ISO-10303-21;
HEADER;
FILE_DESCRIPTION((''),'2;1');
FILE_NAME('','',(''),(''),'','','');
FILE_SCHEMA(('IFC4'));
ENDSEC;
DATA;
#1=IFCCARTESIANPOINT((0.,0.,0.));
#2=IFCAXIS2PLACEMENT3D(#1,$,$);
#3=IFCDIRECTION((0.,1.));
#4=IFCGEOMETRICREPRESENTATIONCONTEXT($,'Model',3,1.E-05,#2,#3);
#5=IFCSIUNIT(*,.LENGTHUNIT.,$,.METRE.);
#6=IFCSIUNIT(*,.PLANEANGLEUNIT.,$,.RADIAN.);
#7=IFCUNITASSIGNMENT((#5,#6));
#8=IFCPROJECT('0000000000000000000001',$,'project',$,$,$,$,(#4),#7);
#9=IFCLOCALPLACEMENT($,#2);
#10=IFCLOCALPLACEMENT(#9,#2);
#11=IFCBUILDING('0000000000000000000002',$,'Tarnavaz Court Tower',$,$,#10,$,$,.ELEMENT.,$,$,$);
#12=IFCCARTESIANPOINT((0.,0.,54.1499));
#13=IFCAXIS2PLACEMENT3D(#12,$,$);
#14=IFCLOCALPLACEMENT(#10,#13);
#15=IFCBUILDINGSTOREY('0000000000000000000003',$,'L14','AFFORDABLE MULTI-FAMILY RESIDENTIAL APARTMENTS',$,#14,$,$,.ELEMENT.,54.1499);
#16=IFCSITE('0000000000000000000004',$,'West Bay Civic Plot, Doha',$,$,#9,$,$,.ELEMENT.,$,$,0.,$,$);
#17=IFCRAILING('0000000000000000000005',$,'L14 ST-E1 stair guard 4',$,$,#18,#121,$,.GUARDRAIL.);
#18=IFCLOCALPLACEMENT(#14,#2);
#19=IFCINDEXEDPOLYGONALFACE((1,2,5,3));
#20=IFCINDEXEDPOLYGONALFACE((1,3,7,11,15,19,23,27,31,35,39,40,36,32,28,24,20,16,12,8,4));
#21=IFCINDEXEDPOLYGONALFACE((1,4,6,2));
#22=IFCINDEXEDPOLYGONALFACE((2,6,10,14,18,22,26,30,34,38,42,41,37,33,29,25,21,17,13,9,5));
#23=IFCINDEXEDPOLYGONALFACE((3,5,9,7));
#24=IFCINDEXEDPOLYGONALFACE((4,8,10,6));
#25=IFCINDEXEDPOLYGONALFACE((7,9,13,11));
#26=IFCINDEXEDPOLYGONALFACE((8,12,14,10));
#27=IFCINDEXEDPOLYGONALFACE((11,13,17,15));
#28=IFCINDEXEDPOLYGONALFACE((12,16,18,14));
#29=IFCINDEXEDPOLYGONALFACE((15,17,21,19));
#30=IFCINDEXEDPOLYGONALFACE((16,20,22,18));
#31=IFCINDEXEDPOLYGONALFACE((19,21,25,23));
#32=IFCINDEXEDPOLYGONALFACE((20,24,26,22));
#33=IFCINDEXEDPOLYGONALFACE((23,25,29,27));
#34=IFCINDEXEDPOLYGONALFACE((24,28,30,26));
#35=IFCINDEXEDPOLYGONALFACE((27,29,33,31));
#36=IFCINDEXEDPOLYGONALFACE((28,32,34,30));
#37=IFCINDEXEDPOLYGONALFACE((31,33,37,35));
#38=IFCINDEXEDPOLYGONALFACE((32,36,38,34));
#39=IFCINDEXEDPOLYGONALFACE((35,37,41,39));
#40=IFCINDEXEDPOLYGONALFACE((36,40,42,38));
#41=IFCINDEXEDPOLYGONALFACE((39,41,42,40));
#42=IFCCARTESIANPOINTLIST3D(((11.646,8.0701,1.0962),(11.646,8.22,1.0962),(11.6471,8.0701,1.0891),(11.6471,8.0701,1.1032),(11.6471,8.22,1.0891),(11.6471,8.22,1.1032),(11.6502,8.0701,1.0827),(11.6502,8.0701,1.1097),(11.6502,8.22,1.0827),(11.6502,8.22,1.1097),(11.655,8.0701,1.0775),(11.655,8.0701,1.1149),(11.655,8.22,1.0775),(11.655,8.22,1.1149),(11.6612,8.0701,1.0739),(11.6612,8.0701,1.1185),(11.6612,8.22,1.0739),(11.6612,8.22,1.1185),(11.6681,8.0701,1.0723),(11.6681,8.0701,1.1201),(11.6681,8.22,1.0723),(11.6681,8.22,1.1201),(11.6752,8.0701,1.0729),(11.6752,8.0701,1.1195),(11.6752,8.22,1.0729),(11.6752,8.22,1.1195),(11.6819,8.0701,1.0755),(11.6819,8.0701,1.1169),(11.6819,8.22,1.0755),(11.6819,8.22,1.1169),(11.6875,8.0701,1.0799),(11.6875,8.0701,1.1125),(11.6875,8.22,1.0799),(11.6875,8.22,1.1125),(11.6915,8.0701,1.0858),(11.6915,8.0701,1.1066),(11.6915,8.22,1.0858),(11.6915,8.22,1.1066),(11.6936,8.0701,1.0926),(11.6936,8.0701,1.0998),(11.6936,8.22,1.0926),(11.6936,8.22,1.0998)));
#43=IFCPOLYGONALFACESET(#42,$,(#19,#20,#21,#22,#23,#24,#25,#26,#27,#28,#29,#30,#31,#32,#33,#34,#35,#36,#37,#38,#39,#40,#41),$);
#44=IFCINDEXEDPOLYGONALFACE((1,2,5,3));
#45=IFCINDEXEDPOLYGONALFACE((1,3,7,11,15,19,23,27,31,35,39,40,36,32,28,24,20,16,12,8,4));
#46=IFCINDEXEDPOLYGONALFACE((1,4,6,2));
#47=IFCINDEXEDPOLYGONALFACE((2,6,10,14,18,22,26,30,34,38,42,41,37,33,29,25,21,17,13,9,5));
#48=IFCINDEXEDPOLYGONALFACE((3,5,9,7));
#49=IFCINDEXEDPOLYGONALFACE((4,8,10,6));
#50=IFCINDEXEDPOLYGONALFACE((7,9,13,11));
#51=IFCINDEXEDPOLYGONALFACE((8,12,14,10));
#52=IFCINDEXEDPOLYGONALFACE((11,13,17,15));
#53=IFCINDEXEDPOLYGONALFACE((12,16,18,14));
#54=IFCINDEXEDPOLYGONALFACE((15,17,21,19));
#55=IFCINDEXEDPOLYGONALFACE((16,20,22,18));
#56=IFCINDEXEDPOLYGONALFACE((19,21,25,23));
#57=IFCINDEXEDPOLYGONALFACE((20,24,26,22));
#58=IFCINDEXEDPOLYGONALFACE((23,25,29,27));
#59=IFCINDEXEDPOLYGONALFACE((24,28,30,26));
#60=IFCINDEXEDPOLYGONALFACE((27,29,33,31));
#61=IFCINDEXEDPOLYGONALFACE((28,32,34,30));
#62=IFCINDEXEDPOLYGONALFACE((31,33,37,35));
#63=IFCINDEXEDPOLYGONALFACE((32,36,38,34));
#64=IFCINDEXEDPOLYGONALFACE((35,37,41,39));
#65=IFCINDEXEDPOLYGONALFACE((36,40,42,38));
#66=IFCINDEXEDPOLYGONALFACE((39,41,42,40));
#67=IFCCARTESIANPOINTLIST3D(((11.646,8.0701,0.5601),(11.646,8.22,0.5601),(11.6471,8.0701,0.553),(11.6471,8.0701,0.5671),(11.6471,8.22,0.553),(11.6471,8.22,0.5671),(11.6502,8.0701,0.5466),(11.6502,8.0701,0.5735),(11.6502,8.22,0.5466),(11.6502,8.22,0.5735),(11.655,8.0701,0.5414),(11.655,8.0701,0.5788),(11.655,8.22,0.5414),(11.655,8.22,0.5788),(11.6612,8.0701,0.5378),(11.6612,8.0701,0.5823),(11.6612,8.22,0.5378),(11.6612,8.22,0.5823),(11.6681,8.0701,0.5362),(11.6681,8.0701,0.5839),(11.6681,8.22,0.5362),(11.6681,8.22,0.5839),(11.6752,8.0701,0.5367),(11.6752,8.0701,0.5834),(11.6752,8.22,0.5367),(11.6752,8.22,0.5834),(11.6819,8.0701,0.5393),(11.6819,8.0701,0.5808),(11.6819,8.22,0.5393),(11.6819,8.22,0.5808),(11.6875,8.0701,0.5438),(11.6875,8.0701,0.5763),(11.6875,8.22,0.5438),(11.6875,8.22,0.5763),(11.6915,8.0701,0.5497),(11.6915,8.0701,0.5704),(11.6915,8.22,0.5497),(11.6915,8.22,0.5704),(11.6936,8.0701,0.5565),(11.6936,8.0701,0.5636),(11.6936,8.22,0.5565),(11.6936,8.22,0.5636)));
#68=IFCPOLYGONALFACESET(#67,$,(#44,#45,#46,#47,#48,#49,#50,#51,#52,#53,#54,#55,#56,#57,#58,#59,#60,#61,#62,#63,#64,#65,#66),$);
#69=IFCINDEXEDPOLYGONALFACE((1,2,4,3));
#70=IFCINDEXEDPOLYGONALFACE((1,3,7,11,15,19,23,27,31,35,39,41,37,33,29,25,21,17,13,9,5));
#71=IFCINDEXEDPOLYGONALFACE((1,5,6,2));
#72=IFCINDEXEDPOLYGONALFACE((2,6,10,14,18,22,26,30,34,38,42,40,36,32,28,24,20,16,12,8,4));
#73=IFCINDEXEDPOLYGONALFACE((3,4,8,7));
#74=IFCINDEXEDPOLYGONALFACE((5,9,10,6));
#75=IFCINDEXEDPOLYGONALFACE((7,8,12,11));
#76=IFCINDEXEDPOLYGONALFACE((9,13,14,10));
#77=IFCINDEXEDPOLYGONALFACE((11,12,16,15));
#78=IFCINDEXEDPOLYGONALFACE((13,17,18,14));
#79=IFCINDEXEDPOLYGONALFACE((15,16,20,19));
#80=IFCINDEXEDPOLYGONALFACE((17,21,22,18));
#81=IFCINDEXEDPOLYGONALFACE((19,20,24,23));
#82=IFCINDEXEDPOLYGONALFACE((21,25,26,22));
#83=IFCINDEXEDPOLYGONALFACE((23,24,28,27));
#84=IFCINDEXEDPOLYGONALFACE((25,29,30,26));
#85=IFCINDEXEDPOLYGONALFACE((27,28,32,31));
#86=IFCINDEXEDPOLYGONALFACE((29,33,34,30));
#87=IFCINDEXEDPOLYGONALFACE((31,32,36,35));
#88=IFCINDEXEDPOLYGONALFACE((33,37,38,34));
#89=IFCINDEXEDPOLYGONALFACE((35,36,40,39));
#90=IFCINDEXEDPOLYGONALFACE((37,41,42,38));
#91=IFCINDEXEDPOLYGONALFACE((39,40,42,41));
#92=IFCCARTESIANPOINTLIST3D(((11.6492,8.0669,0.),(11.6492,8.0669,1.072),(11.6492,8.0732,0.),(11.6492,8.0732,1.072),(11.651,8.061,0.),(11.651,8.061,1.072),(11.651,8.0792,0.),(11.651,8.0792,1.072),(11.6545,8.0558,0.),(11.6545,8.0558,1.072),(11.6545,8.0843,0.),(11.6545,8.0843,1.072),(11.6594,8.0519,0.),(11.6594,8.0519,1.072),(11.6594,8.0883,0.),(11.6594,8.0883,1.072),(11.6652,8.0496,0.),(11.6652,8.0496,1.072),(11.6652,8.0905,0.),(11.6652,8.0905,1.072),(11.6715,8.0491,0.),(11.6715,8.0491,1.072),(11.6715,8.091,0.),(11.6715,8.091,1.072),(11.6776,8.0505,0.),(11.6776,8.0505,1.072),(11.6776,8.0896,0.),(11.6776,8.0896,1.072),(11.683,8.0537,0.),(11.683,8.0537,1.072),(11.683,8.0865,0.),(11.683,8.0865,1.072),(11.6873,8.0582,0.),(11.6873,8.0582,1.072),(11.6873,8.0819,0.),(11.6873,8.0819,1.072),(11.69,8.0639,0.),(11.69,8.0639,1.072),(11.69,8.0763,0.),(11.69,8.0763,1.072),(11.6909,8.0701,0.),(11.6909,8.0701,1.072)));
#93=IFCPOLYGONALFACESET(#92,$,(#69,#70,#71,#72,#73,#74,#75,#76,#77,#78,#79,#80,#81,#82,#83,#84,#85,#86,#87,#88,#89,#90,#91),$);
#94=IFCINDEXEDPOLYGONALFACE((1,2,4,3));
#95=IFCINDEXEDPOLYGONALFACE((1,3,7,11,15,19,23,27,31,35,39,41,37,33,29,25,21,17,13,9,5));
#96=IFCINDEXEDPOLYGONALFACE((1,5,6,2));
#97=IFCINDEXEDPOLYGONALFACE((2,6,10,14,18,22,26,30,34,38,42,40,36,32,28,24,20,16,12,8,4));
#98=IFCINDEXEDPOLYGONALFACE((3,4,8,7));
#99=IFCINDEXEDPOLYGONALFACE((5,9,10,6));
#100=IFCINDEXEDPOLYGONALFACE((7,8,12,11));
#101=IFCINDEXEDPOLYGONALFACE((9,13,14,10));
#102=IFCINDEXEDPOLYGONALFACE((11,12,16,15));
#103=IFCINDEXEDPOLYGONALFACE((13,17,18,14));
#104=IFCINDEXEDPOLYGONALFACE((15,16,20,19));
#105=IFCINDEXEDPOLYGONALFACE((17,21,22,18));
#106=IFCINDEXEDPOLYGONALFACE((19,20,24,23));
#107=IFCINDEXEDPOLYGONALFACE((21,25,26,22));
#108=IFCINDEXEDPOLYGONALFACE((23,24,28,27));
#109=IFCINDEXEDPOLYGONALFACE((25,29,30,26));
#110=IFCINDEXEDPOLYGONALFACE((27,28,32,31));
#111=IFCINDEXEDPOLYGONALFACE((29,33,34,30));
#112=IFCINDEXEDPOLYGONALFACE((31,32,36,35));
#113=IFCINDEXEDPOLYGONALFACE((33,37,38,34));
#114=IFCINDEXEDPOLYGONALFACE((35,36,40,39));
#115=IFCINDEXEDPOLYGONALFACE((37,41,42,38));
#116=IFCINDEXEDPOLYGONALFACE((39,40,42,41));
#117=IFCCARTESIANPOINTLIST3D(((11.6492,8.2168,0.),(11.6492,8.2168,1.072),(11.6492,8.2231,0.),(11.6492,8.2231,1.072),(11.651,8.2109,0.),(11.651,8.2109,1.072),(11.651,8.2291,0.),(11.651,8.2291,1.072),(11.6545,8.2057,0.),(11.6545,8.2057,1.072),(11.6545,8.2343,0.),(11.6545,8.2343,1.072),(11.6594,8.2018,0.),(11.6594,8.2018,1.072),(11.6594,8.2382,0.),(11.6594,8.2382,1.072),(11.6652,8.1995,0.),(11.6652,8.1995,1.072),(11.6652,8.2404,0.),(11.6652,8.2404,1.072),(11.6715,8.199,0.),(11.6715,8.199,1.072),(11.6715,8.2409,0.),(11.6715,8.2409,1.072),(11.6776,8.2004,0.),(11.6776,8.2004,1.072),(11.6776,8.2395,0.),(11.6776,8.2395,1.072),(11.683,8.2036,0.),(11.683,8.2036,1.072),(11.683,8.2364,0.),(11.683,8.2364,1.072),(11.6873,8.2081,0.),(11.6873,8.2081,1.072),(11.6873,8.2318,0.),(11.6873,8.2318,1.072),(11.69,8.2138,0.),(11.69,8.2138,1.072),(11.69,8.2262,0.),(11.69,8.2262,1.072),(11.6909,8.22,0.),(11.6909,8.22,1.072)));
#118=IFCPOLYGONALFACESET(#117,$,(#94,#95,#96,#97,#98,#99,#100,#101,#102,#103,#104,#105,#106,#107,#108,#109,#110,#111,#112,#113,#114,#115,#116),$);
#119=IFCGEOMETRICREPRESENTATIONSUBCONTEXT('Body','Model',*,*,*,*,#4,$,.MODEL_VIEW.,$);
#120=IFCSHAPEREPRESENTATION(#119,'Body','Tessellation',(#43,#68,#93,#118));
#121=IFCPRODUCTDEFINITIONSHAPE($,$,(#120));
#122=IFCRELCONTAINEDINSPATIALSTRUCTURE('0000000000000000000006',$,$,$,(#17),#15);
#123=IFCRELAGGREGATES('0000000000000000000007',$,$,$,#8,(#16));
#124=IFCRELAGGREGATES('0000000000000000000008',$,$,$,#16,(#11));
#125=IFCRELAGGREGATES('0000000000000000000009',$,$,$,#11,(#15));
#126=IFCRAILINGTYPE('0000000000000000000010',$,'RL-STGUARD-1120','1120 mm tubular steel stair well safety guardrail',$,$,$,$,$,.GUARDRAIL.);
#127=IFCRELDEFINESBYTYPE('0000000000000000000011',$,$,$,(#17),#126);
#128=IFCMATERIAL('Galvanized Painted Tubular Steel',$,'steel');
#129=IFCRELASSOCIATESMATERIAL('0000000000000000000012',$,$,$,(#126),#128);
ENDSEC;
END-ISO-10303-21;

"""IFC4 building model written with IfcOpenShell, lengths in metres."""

from ifc_helpers import new_model, si_unit, direction, frame, origin, origin_2d, place, context, subcontext, project, spatial, circle, extrude, material, type_object, element, save


model = new_model("IFC4")

# Units and contexts
model_context = context("Model", 3, precision=1e-05, world=origin(), true_north=direction((0.0, 1.0)))
body_context = subcontext(model_context, "Body", "Model", "MODEL_VIEW")
ifc_project = project(units=[si_unit("LENGTHUNIT", "METRE"), si_unit("PLANEANGLEUNIT", "RADIAN")], contexts=[model_context])

# Site, building, storey
site_placement = place(None, origin())
site = spatial("IfcSite", under=ifc_project, at=site_placement, Name="West Bay Civic Plot, Doha", CompositionType="ELEMENT", RefElevation=0.0)
building_placement = place(site_placement, origin())
building = spatial("IfcBuilding", under=site, at=building_placement, Name="Tarnavaz Court Tower", CompositionType="ELEMENT")
storey_placement = place(building_placement, frame((0.0, 0.0, 54.1499)))
storey = spatial("IfcBuildingStorey", under=building, at=storey_placement, Name="L14", Description="AFFORDABLE MULTI-FAMILY RESIDENTIAL APARTMENTS", CompositionType="ELEMENT", Elevation=54.1499)

# Railing
ifc_material_1 = material(Name="Galvanized Painted Tubular Steel", Category="steel")
railing_type_1 = type_object("IfcRailingType", Name="RL-STGUARD-1120", Description="1120 mm tubular steel stair well safety guardrail", PredefinedType="GUARDRAIL", material=ifc_material_1)
railing_1_placement = place(storey_placement, frame((11.6699, 8.0701, 0.0)))
element("IfcRailing", 1, at=railing_1_placement, inside=storey, type_object=railing_type_1, Name="L14 ST-E1 stair guard 4", PredefinedType="GUARDRAIL", context=body_context, shape_type="SweptSolid", body=[
    extrude(circle(Radius=0.0239, at=origin_2d()), frame((0.0, 0.0, 1.0962), z_axis=(0.0, 1.0, 0.0), x_axis=(-1.0, 0.0, 0.0)), (0.0, 0.0, 1.0), 0.1499),
    extrude(circle(Radius=0.0239, at=origin_2d()), frame((0.0, 0.0, 0.5601), z_axis=(0.0, 1.0, 0.0), x_axis=(-1.0, 0.0, 0.0)), (0.0, 0.0, 1.0), 0.1499),
    extrude(circle(Radius=0.021, at=origin_2d()), origin(), (0.0, 0.0, 1.0), 1.072),
    extrude(circle(Radius=0.021, at=origin_2d()), frame((0.0, 0.1499, 0.0)), (0.0, 0.0, 1.0), 1.072),
])

save(model, "model.ifc")
